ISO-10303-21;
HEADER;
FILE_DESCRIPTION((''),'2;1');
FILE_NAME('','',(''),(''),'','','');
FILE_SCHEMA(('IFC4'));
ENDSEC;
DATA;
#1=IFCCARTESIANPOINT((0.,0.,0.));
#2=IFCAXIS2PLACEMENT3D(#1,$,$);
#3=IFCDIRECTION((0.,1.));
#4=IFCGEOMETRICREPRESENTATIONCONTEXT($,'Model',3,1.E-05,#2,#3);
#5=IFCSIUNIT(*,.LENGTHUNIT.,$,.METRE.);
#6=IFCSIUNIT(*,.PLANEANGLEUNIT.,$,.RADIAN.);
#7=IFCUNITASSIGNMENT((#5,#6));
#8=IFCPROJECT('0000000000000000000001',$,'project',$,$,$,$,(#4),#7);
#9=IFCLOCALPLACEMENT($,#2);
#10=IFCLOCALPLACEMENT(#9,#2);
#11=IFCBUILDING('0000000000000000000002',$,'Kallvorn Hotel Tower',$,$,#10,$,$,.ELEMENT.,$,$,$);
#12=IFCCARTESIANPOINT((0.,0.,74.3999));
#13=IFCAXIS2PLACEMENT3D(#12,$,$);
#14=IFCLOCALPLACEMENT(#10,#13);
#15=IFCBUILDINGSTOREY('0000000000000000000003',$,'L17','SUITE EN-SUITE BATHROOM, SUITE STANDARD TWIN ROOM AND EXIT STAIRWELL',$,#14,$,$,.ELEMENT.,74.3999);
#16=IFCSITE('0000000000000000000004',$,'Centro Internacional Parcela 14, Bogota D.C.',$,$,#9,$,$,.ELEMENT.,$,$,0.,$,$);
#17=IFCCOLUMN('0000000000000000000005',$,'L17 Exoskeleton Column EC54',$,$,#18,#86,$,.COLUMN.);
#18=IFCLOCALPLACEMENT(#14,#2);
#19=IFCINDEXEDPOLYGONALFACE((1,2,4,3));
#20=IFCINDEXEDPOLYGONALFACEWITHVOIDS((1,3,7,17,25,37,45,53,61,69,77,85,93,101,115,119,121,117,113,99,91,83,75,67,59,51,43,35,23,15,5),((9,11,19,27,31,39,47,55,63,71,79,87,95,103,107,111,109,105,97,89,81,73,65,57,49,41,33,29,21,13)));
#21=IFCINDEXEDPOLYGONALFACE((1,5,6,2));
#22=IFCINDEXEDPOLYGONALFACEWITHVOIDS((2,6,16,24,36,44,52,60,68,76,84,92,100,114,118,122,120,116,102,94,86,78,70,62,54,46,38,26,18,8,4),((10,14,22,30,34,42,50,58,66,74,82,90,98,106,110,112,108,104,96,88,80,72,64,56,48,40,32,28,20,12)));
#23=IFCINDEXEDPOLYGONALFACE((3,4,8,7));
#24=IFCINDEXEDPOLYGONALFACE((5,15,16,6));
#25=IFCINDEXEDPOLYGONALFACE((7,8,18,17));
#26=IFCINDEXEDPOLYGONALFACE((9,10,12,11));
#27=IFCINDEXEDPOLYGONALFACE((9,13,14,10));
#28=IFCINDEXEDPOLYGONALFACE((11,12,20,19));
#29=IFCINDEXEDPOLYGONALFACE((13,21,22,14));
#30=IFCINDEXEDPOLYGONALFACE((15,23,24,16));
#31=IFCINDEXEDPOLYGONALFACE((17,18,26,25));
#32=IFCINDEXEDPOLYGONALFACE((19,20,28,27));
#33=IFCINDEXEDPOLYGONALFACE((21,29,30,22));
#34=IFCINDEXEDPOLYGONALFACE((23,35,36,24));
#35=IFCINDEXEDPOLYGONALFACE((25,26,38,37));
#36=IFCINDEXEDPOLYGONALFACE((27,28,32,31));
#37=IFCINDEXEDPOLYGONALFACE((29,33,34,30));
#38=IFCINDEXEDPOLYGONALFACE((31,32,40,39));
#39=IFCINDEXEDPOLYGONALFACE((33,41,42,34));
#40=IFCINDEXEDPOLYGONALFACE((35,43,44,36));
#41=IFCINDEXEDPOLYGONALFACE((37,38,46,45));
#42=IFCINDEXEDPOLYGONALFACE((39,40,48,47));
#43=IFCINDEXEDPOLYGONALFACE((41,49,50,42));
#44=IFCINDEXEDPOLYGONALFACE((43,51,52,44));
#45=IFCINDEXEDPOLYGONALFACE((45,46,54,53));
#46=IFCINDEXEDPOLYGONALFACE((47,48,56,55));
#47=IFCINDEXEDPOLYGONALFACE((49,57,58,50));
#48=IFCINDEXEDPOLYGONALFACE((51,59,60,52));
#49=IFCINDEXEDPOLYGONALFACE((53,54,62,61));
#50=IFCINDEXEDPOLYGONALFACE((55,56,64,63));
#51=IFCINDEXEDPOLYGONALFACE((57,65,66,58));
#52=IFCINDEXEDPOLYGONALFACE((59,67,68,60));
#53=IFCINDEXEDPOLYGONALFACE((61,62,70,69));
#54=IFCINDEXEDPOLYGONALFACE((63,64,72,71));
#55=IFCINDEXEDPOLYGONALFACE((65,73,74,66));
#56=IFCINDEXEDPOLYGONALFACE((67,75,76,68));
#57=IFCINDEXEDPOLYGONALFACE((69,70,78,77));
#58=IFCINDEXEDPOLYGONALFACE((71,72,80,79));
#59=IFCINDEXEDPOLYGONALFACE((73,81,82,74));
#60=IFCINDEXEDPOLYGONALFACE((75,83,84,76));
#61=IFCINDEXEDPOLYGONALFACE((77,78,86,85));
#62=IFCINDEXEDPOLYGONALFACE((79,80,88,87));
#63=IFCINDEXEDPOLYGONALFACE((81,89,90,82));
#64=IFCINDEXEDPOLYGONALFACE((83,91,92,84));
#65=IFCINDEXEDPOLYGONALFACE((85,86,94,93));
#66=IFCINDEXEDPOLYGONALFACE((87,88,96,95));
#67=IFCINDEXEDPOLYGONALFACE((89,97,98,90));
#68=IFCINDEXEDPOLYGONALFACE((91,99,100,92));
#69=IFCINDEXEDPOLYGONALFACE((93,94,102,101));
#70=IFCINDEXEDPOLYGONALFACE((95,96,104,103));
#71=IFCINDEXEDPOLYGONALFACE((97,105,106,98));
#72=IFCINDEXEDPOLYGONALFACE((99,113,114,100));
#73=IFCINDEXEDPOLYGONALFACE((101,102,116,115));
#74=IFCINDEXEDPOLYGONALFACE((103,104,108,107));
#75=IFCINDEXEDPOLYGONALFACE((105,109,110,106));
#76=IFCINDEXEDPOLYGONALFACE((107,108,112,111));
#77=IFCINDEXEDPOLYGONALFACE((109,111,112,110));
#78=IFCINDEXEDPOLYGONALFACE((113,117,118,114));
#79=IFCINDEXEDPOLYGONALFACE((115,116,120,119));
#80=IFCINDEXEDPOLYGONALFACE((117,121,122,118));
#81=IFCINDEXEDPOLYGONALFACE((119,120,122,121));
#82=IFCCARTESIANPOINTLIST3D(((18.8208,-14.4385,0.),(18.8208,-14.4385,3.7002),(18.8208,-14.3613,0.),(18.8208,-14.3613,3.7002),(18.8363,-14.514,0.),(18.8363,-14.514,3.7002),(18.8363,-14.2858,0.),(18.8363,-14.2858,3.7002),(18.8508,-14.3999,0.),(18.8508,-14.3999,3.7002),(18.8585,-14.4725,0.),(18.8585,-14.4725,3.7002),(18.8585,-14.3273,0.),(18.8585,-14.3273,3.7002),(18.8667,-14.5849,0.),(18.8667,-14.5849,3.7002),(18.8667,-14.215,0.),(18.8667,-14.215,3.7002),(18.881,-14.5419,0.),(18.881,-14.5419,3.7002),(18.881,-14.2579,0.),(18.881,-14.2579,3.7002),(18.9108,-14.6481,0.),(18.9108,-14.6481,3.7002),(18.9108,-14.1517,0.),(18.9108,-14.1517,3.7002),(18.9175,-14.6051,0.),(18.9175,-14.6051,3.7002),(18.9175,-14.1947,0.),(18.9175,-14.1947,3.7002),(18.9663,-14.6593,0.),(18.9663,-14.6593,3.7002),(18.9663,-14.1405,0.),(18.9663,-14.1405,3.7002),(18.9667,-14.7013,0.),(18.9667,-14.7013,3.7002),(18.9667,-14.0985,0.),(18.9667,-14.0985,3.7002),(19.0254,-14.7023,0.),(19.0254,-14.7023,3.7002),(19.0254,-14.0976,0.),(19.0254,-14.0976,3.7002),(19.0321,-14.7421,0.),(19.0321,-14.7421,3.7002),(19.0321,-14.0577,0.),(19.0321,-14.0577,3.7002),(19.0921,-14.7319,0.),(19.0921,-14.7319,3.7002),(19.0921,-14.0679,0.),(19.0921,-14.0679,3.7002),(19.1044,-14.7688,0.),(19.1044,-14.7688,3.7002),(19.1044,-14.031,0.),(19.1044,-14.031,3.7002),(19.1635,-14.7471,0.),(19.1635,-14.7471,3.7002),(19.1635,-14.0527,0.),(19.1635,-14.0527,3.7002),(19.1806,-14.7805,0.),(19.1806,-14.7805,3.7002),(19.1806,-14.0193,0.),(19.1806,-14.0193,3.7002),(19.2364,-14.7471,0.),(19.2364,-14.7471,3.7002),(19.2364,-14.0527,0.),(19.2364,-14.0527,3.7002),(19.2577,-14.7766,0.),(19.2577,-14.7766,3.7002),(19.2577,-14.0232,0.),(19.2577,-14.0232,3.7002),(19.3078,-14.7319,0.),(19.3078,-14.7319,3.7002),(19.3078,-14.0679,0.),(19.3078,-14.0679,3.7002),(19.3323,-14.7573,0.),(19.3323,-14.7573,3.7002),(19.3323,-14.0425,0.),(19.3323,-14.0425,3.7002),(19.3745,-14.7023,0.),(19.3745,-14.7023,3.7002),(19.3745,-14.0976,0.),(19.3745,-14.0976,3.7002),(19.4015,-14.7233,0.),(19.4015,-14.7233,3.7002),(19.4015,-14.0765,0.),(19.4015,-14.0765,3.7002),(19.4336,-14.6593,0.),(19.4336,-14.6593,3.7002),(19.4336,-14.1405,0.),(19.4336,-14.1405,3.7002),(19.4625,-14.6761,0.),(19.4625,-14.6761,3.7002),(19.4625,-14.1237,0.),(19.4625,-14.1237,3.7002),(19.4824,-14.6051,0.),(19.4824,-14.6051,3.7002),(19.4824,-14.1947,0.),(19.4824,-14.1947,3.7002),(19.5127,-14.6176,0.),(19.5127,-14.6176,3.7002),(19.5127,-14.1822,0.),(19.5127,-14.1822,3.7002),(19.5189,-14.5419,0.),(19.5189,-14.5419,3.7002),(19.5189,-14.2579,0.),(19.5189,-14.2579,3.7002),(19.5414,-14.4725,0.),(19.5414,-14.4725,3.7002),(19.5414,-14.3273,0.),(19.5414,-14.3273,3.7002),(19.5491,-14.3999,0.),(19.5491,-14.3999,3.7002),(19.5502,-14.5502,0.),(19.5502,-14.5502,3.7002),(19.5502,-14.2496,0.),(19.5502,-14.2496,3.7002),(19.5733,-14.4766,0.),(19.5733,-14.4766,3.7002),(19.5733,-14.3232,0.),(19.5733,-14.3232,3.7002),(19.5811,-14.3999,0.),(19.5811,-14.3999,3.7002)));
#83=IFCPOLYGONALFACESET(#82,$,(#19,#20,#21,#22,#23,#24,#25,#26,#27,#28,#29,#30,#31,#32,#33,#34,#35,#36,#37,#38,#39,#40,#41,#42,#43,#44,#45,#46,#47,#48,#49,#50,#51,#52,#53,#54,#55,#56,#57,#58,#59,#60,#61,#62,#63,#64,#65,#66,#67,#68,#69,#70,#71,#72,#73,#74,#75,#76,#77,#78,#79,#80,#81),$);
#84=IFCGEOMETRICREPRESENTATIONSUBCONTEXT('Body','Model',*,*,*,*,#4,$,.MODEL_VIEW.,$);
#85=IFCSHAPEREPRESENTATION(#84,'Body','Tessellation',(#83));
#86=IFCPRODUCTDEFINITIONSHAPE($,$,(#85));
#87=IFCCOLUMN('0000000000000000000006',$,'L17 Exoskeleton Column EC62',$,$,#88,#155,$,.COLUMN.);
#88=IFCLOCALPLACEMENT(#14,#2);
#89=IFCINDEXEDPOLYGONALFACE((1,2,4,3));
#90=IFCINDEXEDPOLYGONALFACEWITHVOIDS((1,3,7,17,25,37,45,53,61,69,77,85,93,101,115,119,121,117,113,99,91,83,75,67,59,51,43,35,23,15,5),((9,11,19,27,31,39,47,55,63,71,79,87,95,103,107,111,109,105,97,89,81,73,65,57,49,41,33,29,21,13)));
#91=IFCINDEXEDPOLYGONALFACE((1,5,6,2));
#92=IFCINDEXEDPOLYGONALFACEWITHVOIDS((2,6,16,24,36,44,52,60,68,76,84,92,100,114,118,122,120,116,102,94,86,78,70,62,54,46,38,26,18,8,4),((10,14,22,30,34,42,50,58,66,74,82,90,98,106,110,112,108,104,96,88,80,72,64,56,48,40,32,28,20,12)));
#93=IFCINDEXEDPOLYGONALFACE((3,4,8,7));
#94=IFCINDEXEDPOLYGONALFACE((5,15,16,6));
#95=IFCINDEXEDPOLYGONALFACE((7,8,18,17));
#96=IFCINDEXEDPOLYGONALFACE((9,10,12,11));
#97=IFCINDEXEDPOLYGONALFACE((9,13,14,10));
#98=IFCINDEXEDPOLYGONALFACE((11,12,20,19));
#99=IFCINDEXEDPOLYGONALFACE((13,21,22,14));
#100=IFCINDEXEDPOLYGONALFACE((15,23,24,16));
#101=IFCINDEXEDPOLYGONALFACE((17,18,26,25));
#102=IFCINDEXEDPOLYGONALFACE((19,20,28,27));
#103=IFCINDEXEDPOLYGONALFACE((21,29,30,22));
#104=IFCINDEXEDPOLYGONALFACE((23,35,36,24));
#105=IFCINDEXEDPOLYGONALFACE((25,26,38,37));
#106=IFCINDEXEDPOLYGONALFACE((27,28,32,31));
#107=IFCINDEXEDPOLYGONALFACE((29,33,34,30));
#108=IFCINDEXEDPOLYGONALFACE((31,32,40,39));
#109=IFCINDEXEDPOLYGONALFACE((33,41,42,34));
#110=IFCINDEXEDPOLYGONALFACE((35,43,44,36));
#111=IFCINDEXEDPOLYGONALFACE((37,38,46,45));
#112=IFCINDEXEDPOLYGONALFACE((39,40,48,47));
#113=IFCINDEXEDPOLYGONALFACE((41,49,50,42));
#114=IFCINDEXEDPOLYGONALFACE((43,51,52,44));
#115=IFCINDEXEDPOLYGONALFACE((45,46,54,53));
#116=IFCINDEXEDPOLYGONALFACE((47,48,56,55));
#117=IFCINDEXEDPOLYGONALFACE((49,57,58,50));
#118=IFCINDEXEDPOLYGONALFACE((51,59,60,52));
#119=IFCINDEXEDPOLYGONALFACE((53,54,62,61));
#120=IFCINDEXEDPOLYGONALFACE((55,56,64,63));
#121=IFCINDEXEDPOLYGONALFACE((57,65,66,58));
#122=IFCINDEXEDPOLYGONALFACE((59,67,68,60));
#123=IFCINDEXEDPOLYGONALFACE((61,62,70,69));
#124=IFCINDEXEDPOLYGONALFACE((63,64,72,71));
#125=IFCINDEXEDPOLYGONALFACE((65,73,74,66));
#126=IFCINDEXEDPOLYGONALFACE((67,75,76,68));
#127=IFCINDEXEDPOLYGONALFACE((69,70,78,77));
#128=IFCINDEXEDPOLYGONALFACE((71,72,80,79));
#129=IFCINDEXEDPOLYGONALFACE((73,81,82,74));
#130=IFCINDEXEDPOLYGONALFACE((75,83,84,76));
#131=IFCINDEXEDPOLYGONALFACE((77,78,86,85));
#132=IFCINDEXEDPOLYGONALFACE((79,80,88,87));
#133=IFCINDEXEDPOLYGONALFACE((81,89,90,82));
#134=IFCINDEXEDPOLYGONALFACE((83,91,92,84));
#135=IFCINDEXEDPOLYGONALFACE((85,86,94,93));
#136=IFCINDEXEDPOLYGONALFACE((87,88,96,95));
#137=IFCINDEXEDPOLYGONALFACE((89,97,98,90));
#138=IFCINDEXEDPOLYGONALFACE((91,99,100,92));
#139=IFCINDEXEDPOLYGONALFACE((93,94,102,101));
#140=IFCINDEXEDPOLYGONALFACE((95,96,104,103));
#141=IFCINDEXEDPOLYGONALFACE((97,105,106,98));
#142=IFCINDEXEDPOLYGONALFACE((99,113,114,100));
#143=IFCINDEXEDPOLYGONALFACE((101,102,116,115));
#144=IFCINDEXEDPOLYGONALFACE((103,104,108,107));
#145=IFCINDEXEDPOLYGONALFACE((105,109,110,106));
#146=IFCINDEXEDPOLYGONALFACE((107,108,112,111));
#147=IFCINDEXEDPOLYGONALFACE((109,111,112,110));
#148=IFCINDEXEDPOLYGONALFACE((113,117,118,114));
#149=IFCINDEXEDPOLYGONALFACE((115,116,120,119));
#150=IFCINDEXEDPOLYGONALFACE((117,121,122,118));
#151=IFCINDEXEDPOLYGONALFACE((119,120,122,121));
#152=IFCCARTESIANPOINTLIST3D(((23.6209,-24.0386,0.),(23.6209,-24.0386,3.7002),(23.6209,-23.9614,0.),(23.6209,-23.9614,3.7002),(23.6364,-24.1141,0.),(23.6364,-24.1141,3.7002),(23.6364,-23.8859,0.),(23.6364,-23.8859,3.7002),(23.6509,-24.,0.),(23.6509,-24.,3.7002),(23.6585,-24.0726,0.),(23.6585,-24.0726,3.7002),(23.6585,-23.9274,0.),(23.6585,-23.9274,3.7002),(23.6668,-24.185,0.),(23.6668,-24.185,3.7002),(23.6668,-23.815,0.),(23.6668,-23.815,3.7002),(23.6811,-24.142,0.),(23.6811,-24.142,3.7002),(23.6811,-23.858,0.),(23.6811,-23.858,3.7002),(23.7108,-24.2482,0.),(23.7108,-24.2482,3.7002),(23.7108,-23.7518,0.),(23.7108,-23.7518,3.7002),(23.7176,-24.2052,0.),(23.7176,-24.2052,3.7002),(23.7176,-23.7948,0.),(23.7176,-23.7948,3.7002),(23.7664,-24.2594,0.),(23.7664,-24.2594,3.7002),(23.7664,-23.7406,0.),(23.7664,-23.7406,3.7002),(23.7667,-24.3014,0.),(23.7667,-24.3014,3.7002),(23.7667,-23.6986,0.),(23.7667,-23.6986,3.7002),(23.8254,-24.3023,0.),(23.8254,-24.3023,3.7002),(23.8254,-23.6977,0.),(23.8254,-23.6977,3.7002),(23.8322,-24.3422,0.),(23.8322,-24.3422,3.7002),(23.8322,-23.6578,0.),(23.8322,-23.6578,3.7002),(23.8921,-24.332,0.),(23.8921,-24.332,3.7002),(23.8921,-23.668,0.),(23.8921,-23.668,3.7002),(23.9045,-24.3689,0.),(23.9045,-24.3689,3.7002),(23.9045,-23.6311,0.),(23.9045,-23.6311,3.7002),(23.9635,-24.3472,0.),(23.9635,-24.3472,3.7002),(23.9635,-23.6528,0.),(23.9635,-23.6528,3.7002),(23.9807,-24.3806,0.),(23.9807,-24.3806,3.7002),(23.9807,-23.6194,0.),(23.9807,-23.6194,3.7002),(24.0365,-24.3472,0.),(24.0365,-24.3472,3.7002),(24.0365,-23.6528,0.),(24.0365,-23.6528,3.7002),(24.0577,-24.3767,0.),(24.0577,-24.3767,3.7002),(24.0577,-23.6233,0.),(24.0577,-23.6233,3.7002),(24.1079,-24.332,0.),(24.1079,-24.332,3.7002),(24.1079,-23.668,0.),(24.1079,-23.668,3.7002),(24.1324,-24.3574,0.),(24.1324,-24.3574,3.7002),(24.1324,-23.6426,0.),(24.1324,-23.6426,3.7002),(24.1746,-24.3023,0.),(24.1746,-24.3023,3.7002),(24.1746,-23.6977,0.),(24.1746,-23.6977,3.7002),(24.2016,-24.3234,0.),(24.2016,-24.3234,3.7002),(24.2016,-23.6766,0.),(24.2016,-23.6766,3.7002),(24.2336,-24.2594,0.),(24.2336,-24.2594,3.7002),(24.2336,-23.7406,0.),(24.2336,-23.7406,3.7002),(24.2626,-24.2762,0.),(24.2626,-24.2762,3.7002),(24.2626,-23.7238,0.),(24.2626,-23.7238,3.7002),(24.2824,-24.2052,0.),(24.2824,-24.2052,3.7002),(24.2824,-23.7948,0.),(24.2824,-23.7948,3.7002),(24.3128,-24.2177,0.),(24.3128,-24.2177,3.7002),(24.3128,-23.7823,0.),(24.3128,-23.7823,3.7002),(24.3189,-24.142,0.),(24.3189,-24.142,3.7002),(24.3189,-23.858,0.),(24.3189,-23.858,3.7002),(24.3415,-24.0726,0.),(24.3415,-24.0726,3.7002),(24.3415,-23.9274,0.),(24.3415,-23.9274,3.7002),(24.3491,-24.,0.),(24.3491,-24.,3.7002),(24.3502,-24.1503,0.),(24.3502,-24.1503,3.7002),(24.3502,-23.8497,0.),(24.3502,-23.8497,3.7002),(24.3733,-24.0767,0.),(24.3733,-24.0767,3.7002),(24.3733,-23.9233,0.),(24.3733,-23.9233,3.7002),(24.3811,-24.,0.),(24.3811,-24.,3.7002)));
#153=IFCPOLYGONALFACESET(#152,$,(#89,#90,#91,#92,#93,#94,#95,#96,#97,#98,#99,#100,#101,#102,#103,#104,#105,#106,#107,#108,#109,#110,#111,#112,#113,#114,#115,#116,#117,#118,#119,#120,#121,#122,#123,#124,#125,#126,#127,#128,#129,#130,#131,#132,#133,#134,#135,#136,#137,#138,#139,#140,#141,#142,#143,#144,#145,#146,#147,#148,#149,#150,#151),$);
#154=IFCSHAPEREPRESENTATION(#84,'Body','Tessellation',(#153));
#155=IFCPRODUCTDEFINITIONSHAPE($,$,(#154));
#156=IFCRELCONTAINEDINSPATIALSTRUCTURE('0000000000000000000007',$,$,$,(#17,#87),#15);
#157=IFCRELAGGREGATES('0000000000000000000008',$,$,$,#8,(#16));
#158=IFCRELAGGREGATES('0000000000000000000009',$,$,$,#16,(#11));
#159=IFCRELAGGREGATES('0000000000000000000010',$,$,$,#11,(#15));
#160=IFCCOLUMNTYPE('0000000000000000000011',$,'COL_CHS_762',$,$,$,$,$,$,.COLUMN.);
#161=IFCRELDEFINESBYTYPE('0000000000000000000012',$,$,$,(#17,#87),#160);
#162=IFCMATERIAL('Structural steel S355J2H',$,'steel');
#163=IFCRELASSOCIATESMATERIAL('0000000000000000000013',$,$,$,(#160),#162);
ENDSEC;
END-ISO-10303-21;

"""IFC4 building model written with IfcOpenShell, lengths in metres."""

from ifc_helpers import new_model, si_unit, direction, frame, origin, origin_2d, place, context, subcontext, project, spatial, hollow_circle, extrude, material, material_profile, profile_set, type_object, element, save


model = new_model("IFC4")

# Units and contexts
model_context = context("Model", 3, precision=1e-05, world=origin(), true_north=direction((0.0, 1.0)))
body_context = subcontext(model_context, "Body", "Model", "MODEL_VIEW")
ifc_project = project(units=[si_unit("LENGTHUNIT", "METRE"), si_unit("PLANEANGLEUNIT", "RADIAN")], contexts=[model_context])

# Site, building, storey
site_placement = place(None, origin())
site = spatial("IfcSite", under=ifc_project, at=site_placement, Name="Centro Internacional Parcela 14, Bogota D.C.", CompositionType="ELEMENT", RefElevation=0.0)
building_placement = place(site_placement, origin())
building = spatial("IfcBuilding", under=site, at=building_placement, Name="Kallvorn Hotel Tower", CompositionType="ELEMENT")
storey_placement = place(building_placement, frame((0.0, 0.0, 74.3999)))
storey = spatial("IfcBuildingStorey", under=building, at=storey_placement, Name="L17", Description="SUITE EN-SUITE BATHROOM, SUITE STANDARD TWIN ROOM AND EXIT STAIRWELL", CompositionType="ELEMENT", Elevation=74.3999)

# Columns
ifc_material_1 = material(Name="Structural steel S355J2H", Category="steel")
ifc_material_profile_1 = material_profile(ifc_material_1, hollow_circle(Radius=0.3811, WallThickness=0.032, at=origin_2d()), Name="CHS 762x32")
ifc_profile_set_1 = profile_set([ifc_material_profile_1], Name="Structural steel S355J2H")
column_type = type_object("IfcColumnType", Name="COL_CHS_762", PredefinedType="COLUMN", material=ifc_profile_set_1)
for number, where, z_axis, x_axis, name in (
    (1, (19.2, -14.3999, 0.0), (0.0, 0.0, 1.0), (1.0, 0.0, 0.0), "L17 Exoskeleton Column EC54"),
    (2, (24.0, -24.0, 0.0), (0.0, 0.0, 1.0), (1.0, 0.0, 0.0), "L17 Exoskeleton Column EC62"),
):
    element("IfcColumn", number, at=place(storey_placement, frame(where, z_axis=z_axis, x_axis=x_axis)), inside=storey, type_object=column_type, Name=name, PredefinedType="COLUMN", context=body_context, shape_type="SweptSolid", body=[
        extrude(hollow_circle(Radius=0.3811, WallThickness=0.032, at=origin_2d()), origin(), (0.0, 0.0, 1.0), 3.7002),
    ])

save(model, "model.ifc")
